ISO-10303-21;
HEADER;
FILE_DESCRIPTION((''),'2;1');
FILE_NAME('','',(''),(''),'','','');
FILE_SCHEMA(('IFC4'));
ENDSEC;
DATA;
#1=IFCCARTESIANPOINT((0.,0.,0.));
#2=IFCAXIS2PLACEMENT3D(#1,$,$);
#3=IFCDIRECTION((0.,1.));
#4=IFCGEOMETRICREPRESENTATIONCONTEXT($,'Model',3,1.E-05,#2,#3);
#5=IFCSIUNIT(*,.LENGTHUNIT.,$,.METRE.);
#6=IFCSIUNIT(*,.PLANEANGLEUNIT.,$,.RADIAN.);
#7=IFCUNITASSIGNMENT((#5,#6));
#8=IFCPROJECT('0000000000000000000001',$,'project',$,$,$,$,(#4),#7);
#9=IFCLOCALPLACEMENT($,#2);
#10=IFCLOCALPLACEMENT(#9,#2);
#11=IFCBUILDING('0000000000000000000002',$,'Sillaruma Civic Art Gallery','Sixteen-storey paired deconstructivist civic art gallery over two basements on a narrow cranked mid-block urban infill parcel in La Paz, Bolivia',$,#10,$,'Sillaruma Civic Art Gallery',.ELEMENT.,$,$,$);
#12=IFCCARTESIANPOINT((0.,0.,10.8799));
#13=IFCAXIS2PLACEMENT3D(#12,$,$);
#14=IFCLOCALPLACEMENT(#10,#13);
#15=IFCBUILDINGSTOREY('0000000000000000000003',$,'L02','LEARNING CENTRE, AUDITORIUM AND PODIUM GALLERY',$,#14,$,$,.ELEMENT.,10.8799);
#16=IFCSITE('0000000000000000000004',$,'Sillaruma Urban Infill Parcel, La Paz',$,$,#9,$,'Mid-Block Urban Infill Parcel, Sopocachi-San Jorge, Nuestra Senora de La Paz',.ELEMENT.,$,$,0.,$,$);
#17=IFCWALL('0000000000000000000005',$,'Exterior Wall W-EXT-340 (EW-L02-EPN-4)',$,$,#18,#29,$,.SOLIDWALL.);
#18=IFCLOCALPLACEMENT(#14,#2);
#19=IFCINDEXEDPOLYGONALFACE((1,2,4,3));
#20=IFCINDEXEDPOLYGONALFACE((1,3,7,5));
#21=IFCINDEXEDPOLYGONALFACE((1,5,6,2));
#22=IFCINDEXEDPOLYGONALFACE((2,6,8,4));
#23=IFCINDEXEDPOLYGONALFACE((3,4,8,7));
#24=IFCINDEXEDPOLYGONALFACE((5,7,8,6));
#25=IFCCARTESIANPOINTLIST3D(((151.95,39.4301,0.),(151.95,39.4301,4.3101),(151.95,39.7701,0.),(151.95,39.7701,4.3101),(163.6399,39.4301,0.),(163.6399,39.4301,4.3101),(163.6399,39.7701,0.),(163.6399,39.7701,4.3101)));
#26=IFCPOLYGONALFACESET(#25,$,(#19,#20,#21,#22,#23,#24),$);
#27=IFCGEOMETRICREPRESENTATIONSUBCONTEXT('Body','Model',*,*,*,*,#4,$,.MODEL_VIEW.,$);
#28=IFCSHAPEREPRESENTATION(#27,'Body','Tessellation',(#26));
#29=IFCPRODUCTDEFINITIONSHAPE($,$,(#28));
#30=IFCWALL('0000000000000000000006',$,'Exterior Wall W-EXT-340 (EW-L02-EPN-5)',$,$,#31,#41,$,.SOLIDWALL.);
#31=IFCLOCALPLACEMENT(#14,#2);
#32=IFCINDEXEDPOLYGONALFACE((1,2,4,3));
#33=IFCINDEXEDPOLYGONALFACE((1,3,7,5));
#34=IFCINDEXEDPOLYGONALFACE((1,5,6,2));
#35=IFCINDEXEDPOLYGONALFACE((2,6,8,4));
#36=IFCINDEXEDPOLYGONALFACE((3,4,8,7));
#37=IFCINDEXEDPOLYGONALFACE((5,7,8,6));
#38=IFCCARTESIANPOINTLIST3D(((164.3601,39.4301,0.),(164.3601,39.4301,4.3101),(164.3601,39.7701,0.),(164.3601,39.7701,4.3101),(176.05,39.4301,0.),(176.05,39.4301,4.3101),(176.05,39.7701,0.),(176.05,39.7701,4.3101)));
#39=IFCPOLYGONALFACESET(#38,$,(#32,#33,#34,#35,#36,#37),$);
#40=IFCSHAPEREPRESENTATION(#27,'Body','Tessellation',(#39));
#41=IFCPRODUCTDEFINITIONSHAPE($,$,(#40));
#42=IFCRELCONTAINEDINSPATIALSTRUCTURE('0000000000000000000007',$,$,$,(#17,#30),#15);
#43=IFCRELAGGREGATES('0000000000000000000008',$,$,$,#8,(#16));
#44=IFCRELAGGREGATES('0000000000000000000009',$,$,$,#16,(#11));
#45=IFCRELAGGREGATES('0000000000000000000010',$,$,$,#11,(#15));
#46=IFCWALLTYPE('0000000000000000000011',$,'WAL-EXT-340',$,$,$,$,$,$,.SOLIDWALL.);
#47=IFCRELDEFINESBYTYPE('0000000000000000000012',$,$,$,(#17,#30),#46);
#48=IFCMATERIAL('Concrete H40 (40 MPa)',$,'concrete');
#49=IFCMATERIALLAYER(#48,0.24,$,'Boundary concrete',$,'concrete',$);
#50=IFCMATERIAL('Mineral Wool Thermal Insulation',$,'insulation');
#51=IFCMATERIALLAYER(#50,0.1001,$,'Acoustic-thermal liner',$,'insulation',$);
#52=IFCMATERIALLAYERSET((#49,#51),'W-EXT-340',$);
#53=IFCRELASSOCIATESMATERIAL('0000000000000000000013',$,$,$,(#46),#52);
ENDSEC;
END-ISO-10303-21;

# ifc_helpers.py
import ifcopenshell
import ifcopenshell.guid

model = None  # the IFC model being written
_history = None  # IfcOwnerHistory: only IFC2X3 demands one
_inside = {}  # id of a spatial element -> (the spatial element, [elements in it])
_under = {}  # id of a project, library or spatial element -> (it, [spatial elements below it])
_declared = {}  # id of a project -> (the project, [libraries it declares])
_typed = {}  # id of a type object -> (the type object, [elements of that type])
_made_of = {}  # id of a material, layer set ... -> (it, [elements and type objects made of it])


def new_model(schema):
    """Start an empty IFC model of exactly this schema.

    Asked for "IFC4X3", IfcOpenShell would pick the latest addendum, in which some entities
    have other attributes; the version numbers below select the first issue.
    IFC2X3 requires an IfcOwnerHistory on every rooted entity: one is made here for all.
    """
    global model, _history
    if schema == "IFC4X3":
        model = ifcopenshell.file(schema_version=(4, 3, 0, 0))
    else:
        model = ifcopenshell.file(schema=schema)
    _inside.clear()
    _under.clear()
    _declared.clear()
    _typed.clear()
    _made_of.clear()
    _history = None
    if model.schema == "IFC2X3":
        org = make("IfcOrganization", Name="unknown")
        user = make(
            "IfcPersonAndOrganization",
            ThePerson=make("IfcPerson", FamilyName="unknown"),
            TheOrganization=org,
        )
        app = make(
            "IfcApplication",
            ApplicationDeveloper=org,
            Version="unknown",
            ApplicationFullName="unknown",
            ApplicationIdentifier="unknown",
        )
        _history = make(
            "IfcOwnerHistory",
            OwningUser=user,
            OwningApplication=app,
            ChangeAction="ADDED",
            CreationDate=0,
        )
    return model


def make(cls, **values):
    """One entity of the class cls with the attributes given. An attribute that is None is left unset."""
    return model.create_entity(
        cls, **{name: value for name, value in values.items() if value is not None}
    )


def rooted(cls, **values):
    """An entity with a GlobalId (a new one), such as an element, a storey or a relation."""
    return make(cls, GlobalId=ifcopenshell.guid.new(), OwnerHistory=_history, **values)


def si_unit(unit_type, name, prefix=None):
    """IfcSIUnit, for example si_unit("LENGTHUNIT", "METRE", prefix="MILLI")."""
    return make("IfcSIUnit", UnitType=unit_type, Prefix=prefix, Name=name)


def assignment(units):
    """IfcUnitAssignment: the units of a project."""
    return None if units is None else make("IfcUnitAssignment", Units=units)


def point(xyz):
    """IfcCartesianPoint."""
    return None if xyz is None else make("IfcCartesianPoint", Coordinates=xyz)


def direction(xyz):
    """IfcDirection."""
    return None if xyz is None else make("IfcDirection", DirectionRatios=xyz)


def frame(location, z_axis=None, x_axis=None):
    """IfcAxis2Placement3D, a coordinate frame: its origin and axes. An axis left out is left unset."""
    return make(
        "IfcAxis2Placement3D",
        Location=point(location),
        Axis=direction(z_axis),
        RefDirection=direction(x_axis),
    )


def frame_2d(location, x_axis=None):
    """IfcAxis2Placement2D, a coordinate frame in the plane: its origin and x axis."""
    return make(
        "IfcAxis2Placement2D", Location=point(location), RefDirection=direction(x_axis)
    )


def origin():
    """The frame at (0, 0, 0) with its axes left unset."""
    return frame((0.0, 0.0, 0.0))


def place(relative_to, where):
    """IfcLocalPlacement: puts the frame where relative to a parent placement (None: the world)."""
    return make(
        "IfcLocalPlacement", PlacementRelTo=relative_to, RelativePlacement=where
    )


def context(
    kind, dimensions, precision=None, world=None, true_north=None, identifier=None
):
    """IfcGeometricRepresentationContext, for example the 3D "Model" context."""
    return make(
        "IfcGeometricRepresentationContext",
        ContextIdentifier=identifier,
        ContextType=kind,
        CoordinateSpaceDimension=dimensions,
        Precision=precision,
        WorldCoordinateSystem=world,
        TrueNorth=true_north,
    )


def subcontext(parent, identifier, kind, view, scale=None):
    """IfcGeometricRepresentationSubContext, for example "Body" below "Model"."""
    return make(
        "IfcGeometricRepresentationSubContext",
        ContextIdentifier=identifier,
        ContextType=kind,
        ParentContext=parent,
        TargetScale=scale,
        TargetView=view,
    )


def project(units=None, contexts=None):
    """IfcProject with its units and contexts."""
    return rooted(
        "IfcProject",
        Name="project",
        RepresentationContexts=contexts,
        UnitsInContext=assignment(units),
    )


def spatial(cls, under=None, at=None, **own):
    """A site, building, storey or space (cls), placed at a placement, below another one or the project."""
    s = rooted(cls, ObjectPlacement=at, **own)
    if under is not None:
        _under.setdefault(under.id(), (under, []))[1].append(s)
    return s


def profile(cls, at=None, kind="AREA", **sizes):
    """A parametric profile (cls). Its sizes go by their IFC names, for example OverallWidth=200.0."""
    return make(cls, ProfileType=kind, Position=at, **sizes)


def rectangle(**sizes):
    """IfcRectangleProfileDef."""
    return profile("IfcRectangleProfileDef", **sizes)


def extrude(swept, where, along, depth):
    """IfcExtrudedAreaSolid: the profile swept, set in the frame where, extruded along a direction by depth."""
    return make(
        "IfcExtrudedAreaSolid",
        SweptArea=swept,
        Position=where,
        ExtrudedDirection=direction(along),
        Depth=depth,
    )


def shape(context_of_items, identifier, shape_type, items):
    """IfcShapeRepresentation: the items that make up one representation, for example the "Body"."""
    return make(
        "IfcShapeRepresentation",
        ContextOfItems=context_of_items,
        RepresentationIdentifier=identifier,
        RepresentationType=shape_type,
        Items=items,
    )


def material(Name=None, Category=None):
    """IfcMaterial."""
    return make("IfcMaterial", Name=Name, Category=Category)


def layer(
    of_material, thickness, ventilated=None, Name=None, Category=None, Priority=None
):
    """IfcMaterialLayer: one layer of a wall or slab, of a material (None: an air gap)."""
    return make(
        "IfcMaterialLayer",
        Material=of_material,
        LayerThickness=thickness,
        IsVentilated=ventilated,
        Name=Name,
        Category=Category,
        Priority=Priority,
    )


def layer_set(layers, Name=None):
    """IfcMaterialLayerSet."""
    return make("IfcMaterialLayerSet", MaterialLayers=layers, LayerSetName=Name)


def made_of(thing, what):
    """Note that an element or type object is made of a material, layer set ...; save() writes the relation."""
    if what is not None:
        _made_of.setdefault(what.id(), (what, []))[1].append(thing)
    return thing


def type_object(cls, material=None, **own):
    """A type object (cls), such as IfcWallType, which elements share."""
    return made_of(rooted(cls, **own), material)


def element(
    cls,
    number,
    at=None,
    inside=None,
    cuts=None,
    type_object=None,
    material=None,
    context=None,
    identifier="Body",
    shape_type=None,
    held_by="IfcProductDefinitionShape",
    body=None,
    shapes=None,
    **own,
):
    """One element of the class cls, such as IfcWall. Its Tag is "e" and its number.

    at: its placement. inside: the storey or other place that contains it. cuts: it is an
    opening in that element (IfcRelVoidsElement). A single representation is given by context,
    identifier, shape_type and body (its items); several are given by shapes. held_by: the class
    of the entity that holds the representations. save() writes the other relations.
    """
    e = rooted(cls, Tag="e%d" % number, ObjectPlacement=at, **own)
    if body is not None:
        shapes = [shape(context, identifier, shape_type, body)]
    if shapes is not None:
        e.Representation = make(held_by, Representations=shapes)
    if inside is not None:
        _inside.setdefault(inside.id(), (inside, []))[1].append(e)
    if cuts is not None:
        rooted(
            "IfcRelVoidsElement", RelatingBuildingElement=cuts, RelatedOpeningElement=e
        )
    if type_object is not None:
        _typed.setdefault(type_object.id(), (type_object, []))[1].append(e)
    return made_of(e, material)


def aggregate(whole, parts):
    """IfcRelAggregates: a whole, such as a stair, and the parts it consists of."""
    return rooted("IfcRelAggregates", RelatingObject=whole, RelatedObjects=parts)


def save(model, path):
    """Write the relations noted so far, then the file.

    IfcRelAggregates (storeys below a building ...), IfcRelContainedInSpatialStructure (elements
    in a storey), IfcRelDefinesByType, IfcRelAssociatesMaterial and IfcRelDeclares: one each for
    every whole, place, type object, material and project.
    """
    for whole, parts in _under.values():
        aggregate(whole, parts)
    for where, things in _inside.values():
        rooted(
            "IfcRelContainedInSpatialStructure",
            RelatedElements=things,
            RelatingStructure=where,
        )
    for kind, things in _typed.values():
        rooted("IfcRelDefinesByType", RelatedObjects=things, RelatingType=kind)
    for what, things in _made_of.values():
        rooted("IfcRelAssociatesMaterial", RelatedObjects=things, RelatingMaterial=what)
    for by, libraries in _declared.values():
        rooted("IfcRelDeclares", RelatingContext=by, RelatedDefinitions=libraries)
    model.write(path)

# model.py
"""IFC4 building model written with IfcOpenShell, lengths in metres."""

from ifc_helpers import new_model, si_unit, direction, frame, frame_2d, origin, place, context, subcontext, project, spatial, rectangle, extrude, material, layer, layer_set, type_object, element, save


model = new_model("IFC4")

# Units and contexts
model_context = context("Model", 3, precision=1e-05, world=origin(), true_north=direction((0.0, 1.0)))
body_context = subcontext(model_context, "Body", "Model", "MODEL_VIEW")
ifc_project = project(units=[si_unit("LENGTHUNIT", "METRE"), si_unit("PLANEANGLEUNIT", "RADIAN")], contexts=[model_context])

# Site, building, storey
site_placement = place(None, origin())
site = spatial("IfcSite", under=ifc_project, at=site_placement, Name="Sillaruma Urban Infill Parcel, La Paz", LongName="Mid-Block Urban Infill Parcel, Sopocachi-San Jorge, Nuestra Senora de La Paz", CompositionType="ELEMENT", RefElevation=0.0)
building_placement = place(site_placement, origin())
building = spatial("IfcBuilding", under=site, at=building_placement, Name="Sillaruma Civic Art Gallery", Description="Sixteen-storey paired deconstructivist civic art gallery over two basements on a narrow cranked mid-block urban infill parcel in La Paz, Bolivia", LongName="Sillaruma Civic Art Gallery", CompositionType="ELEMENT")
storey_placement = place(building_placement, frame((0.0, 0.0, 10.8799)))
storey = spatial("IfcBuildingStorey", under=building, at=storey_placement, Name="L02", Description="LEARNING CENTRE, AUDITORIUM AND PODIUM GALLERY", CompositionType="ELEMENT", Elevation=10.8799)

# Shared definitions
ifc_material_1 = material(Name="Concrete H40 (40 MPa)", Category="concrete")

# Shared definitions
ifc_material_2 = material(Name="Mineral Wool Thermal Insulation", Category="insulation")

# Walls
ifc_layer_1 = layer(ifc_material_1, 0.24, Name="Boundary concrete", Category="concrete")
ifc_layer_2 = layer(ifc_material_2, 0.1001, Name="Acoustic-thermal liner", Category="insulation")
ifc_layer_set_1 = layer_set([ifc_layer_1, ifc_layer_2], Name="W-EXT-340")
wall_type_1 = type_object("IfcWallType", Name="WAL-EXT-340", PredefinedType="SOLIDWALL", material=ifc_layer_set_1)
for number, where, z_axis, x_axis, name in (
    (1, (151.95, 39.6001, 0.0), (0.0, 0.0, 1.0), (1.0, 0.0, 0.0), "Exterior Wall W-EXT-340 (EW-L02-EPN-4)"),
    (2, (164.3601, 39.6001, 0.0), (0.0, 0.0, 1.0), (1.0, 0.0, 0.0), "Exterior Wall W-EXT-340 (EW-L02-EPN-5)"),
):
    element("IfcWall", number, at=place(storey_placement, frame(where, z_axis=z_axis, x_axis=x_axis)), inside=storey, type_object=wall_type_1, Name=name, PredefinedType="SOLIDWALL", context=body_context, shape_type="SweptSolid", body=[
        extrude(rectangle(XDim=11.6899, YDim=0.3401, at=frame_2d((5.845, 0.0))), origin(), (0.0, 0.0, 1.0), 4.3101),
    ])

save(model, "model.ifc")
